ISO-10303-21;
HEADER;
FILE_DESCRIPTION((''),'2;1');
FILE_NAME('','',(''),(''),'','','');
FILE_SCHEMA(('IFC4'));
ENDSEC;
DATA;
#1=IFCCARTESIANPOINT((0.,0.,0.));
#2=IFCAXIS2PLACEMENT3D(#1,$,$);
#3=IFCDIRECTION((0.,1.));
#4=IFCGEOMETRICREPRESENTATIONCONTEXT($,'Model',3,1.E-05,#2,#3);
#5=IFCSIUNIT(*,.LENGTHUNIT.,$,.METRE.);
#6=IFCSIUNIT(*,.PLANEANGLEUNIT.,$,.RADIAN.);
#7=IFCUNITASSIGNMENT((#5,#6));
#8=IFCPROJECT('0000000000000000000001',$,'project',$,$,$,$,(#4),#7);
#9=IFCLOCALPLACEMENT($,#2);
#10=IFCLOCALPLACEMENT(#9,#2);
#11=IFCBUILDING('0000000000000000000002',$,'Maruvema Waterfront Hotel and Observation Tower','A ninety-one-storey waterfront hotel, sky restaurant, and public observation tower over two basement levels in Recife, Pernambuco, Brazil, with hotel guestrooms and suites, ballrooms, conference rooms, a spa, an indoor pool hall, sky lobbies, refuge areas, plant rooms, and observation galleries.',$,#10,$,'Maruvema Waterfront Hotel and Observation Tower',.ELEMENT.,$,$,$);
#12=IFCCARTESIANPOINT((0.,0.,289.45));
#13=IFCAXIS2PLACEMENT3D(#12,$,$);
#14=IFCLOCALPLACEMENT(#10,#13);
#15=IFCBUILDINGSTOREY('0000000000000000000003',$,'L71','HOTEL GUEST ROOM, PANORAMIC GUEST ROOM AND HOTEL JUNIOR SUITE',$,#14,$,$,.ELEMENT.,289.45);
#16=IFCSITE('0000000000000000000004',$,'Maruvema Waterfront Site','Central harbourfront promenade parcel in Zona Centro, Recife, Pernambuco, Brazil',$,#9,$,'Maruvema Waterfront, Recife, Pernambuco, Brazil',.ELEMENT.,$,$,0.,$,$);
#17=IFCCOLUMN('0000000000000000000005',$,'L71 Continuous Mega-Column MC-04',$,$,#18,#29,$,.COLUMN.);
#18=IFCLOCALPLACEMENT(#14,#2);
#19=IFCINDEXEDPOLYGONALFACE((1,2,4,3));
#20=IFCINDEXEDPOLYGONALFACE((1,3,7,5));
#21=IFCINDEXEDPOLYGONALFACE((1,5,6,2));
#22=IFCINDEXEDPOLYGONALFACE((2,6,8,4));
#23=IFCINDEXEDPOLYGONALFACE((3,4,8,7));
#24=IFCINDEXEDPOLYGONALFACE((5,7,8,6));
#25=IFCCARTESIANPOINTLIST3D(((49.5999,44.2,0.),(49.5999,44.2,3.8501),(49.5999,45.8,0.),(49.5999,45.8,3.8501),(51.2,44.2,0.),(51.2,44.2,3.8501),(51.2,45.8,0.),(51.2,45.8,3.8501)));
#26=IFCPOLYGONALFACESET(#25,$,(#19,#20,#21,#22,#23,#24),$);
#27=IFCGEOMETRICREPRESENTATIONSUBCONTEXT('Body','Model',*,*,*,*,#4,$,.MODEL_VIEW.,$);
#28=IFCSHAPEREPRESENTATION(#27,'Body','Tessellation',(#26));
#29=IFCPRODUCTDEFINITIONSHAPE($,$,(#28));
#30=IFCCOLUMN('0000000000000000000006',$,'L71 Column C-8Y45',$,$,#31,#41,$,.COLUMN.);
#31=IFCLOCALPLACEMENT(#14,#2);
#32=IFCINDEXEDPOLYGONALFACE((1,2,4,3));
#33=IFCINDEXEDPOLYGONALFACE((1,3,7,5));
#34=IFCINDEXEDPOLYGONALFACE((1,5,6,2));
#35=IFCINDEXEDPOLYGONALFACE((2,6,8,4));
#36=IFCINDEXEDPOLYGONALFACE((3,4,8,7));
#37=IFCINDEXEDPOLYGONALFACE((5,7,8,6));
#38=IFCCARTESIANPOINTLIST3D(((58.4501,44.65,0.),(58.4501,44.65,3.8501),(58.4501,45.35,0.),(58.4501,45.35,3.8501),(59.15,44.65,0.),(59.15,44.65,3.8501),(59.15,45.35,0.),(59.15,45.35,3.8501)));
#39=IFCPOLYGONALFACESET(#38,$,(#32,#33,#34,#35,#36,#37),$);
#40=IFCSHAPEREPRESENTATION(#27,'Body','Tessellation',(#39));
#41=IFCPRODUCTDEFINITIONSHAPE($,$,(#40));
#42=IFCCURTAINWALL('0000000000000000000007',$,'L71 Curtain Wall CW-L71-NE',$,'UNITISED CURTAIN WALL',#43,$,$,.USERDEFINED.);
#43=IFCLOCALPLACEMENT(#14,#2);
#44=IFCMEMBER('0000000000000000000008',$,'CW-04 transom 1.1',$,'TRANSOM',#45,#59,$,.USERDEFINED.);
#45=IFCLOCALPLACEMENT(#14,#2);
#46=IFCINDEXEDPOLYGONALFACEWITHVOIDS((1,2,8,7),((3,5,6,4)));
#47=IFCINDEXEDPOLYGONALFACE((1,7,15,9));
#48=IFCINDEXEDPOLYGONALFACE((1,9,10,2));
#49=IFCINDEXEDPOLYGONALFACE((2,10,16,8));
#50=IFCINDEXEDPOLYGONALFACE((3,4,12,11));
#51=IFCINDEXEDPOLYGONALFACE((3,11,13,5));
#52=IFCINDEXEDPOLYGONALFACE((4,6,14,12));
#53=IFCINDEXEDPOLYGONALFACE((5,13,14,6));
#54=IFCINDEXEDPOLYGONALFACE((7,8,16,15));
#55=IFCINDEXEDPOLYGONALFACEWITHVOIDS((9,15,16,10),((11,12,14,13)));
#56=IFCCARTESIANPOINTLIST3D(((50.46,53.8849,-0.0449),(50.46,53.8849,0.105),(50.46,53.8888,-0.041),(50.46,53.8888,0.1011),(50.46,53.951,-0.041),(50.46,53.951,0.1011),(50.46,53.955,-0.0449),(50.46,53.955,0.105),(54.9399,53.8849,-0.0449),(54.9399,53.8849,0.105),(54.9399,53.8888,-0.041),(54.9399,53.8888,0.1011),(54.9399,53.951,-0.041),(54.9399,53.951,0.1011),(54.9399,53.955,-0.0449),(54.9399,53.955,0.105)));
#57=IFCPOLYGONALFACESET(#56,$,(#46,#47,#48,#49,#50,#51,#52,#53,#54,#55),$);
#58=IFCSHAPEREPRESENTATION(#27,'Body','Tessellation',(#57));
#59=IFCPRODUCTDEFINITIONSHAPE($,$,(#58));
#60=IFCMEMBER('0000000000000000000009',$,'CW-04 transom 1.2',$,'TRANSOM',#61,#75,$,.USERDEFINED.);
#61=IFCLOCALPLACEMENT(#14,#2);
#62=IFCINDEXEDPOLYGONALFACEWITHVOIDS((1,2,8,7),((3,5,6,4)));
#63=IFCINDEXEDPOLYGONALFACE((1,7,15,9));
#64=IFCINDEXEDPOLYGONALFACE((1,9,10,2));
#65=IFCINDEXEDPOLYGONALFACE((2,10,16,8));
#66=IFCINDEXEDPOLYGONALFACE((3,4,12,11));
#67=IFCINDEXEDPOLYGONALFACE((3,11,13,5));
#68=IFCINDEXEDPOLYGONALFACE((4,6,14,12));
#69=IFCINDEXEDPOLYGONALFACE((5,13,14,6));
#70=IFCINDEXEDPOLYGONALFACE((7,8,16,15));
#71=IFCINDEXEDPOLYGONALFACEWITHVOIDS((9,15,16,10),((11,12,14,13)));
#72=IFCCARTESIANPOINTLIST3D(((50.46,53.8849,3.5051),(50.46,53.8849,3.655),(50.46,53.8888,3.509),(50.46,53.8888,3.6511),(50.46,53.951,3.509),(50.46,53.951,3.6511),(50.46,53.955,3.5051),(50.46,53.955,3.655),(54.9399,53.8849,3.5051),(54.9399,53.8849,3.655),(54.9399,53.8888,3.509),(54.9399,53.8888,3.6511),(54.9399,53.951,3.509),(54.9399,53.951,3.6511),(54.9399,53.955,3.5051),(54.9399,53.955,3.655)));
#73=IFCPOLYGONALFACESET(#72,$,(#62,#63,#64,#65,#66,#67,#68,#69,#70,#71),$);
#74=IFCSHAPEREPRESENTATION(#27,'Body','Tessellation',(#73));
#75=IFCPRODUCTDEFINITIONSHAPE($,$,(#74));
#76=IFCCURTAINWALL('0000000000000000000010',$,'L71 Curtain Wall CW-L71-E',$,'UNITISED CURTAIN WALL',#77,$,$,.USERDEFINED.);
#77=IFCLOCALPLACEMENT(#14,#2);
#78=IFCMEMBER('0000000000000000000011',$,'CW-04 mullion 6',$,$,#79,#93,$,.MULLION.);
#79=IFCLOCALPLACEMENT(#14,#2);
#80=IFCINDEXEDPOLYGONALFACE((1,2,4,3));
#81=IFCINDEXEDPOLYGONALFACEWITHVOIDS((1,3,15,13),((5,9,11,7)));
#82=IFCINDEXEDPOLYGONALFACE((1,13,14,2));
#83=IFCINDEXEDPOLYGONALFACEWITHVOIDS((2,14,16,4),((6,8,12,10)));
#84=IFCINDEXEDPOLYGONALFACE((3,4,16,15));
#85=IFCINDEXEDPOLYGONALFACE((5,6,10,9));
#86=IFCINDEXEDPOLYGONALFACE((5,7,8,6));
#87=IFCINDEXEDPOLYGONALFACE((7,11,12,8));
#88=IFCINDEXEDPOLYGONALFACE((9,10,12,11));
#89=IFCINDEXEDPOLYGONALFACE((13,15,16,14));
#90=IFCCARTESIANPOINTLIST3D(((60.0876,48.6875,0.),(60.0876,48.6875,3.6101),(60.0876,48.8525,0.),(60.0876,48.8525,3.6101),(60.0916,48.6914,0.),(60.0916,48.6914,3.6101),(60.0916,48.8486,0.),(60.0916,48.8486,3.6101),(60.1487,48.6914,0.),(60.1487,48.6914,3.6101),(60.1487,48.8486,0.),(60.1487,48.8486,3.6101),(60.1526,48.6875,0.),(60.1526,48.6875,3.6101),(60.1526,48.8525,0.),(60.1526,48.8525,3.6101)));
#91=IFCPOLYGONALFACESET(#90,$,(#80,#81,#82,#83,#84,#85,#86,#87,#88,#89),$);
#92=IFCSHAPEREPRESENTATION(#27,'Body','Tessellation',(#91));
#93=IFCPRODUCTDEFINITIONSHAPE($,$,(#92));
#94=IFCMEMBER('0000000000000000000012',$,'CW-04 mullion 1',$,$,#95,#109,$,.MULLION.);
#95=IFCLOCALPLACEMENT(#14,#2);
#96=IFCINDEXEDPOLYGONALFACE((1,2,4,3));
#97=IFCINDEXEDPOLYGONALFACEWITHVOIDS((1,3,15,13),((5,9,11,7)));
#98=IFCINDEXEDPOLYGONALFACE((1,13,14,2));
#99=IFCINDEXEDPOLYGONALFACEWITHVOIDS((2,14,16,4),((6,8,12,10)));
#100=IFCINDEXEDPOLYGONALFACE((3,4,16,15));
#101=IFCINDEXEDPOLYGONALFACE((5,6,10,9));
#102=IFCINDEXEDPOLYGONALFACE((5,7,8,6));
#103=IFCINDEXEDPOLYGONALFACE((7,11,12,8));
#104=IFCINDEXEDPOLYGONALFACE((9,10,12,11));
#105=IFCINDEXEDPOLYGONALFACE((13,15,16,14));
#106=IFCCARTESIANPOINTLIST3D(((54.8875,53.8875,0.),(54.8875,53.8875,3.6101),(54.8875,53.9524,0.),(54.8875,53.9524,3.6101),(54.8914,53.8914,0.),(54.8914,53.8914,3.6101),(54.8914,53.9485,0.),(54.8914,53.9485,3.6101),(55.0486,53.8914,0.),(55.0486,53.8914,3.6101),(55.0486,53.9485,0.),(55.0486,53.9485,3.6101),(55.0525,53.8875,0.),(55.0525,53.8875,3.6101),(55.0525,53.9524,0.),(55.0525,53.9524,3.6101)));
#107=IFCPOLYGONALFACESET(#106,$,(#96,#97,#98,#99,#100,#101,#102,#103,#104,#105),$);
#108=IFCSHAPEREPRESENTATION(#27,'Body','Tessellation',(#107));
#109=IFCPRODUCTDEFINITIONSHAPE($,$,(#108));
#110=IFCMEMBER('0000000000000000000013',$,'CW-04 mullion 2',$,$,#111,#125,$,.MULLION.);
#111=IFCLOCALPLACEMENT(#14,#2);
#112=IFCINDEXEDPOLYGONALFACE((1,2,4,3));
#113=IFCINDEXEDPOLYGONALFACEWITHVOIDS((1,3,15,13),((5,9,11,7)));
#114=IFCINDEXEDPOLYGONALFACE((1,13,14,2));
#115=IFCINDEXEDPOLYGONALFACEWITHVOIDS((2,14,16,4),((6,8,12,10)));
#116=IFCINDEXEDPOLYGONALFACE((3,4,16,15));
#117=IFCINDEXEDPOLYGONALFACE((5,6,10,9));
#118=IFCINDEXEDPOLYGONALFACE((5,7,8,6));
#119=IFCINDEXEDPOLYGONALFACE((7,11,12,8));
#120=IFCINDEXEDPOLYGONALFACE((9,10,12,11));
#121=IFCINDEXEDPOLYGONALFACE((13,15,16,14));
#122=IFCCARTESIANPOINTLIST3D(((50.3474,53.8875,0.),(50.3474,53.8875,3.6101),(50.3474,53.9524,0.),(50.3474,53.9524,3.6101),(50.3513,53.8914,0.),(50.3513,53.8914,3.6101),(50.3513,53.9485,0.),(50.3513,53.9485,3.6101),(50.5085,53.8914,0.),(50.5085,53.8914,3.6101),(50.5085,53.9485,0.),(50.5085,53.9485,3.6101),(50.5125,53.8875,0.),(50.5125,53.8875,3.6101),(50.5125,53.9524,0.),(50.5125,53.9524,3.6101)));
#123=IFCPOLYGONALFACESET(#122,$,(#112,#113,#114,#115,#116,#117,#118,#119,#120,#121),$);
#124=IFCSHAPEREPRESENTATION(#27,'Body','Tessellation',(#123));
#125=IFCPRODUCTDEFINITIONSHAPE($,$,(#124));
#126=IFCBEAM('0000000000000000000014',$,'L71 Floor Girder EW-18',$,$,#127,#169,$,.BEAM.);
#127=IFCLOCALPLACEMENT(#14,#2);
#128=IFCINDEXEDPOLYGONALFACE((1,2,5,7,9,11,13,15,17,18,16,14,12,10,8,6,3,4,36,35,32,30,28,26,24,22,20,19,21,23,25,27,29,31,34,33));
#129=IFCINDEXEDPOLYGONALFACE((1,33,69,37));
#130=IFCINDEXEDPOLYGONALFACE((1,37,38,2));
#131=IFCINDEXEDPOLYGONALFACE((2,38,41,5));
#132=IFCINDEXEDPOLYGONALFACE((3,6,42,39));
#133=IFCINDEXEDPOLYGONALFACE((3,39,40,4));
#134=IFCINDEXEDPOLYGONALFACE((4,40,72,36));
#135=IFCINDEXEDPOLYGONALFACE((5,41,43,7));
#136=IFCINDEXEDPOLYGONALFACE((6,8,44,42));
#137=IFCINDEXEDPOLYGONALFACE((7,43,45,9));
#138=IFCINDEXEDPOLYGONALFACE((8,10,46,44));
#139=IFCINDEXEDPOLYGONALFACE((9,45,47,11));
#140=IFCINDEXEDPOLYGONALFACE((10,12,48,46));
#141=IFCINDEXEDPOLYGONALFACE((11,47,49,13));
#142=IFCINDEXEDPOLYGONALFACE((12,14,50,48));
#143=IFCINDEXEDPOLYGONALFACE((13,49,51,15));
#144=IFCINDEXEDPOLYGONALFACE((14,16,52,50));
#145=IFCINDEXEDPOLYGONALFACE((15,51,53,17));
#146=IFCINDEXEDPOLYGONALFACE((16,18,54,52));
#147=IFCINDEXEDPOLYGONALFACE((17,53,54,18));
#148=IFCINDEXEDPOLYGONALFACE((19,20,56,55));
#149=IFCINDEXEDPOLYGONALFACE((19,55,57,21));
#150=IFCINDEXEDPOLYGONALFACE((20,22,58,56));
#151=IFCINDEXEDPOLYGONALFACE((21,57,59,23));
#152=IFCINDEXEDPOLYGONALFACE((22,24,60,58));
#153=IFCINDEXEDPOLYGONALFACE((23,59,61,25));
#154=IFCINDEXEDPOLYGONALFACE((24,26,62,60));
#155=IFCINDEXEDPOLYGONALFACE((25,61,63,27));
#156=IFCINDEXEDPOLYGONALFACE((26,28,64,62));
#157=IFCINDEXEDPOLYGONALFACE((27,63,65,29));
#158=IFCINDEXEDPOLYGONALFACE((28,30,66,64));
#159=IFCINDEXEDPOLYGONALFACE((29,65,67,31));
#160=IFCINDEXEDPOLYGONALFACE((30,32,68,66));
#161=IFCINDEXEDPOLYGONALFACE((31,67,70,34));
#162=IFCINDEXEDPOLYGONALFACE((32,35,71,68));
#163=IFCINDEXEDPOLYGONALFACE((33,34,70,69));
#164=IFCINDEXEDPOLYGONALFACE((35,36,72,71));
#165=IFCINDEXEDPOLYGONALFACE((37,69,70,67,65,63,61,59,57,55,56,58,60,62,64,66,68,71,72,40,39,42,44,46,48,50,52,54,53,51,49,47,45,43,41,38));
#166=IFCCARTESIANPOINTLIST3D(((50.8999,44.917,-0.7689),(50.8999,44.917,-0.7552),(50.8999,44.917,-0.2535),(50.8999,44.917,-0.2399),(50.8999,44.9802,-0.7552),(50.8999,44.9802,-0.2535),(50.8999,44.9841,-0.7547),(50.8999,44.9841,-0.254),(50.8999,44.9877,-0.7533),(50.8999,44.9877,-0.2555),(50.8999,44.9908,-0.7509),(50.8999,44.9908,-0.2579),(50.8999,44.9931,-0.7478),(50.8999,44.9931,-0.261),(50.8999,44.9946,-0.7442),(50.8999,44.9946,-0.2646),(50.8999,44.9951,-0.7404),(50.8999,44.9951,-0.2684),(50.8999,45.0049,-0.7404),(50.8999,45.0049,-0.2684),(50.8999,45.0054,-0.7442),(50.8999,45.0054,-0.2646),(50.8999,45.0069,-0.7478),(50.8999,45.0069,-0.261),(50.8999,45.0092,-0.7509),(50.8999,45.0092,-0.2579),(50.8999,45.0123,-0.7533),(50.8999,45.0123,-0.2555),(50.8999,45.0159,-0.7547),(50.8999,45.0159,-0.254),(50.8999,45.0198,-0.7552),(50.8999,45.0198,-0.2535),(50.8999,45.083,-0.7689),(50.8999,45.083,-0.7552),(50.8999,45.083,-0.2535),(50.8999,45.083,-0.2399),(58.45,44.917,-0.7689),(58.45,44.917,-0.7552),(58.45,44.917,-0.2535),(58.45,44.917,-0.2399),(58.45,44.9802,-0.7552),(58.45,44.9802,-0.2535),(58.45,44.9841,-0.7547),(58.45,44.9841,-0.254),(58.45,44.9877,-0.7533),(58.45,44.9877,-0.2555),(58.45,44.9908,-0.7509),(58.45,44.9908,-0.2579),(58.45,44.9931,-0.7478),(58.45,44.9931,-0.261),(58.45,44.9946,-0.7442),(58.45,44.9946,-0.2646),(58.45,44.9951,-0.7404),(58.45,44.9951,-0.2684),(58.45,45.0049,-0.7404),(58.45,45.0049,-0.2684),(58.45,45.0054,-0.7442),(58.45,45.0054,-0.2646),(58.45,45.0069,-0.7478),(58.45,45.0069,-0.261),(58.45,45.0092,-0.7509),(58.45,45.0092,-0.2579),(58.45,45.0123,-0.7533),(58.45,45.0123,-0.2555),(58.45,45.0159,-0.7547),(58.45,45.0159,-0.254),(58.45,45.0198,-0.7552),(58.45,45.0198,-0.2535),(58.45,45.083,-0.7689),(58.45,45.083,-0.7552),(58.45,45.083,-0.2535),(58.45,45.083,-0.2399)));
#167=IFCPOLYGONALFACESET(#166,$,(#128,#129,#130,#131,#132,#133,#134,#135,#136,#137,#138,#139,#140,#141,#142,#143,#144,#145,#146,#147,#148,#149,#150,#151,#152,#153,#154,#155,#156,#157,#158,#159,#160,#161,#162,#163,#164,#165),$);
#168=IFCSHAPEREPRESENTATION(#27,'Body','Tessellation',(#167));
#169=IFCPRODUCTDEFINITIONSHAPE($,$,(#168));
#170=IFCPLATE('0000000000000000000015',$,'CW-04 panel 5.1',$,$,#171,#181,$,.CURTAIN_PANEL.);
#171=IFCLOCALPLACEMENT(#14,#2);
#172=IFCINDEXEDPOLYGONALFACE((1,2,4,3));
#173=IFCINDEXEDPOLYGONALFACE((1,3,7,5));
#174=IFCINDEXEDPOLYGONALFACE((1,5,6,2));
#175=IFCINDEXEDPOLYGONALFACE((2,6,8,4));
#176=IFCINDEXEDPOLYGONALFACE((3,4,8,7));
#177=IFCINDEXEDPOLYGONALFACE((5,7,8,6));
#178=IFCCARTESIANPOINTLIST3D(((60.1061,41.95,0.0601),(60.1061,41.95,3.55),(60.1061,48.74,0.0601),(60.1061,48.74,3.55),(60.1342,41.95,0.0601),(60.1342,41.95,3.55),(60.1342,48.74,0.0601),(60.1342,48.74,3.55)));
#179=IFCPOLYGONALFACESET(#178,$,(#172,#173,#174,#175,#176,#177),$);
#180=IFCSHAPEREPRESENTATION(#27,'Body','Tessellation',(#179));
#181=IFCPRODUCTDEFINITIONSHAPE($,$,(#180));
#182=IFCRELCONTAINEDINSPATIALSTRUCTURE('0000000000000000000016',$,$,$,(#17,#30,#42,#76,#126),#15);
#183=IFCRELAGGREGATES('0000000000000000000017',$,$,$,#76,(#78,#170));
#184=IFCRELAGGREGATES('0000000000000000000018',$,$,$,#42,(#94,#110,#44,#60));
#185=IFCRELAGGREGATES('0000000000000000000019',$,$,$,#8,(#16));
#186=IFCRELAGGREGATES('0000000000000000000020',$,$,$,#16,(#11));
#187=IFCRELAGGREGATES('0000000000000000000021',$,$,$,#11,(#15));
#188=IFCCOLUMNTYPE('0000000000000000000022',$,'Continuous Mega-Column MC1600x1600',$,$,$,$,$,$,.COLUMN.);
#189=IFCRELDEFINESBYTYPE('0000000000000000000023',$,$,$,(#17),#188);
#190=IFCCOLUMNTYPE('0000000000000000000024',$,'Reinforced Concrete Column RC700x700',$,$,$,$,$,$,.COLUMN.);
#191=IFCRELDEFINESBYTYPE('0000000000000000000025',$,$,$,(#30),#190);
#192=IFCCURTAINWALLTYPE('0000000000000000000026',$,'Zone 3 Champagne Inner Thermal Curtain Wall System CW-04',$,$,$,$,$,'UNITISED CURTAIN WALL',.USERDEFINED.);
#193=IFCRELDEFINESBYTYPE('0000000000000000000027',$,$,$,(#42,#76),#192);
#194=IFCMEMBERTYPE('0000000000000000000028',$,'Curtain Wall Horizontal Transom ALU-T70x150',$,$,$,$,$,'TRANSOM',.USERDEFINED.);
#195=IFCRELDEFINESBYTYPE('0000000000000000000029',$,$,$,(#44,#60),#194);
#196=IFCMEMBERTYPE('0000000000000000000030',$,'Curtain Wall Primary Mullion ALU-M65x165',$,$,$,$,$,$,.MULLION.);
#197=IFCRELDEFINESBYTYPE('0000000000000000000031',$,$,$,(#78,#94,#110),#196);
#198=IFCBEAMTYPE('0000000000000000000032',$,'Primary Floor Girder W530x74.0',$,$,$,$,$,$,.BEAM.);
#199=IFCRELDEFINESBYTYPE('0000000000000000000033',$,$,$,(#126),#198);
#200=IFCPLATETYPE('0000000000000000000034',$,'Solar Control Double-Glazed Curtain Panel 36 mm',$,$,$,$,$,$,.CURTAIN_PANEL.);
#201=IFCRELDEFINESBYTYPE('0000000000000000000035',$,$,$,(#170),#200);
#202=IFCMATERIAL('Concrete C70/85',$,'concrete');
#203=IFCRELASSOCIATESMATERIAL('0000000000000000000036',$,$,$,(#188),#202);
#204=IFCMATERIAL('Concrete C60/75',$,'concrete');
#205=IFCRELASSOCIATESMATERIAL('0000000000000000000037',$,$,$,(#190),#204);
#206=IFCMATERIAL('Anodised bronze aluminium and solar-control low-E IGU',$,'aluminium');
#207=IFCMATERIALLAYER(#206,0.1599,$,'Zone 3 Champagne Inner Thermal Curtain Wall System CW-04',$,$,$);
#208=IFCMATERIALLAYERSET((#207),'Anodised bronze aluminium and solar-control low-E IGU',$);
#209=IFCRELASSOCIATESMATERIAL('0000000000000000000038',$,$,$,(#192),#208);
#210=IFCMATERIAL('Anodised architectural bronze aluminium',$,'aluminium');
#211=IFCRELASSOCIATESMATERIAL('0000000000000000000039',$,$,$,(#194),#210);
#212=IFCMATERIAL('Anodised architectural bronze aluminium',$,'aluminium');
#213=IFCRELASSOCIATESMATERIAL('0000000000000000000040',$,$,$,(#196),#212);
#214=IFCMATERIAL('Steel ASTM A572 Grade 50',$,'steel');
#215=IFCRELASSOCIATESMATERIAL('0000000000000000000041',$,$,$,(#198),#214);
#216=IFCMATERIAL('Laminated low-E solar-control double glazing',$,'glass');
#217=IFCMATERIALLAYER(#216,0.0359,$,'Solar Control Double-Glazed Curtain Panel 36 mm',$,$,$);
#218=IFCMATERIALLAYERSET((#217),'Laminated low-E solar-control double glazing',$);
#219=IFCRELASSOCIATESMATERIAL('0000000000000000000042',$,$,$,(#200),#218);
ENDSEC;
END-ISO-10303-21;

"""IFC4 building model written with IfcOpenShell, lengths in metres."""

from ifc_helpers import new_model, si_unit, direction, frame, origin, origin_2d, place, context, subcontext, project, spatial, rectangle, hollow_rectangle, i_section, extrude, material, layer, layer_set, material_profile, profile_set, type_object, element, aggregate, save


model = new_model("IFC4")

# Units and contexts
model_context = context("Model", 3, precision=1e-05, world=origin(), true_north=direction((0.0, 1.0)))
body_context = subcontext(model_context, "Body", "Model", "MODEL_VIEW")
ifc_project = project(units=[si_unit("LENGTHUNIT", "METRE"), si_unit("PLANEANGLEUNIT", "RADIAN")], contexts=[model_context])

# Site, building, storey
site_placement = place(None, origin())
site = spatial("IfcSite", under=ifc_project, at=site_placement, Name="Maruvema Waterfront Site", Description="Central harbourfront promenade parcel in Zona Centro, Recife, Pernambuco, Brazil", LongName="Maruvema Waterfront, Recife, Pernambuco, Brazil", CompositionType="ELEMENT", RefElevation=0.0)
building_placement = place(site_placement, origin())
building = spatial("IfcBuilding", under=site, at=building_placement, Name="Maruvema Waterfront Hotel and Observation Tower", Description="A ninety-one-storey waterfront hotel, sky restaurant, and public observation tower over two basement levels in Recife, Pernambuco, Brazil, with hotel guestrooms and suites, ballrooms, conference rooms, a spa, an indoor pool hall, sky lobbies, refuge areas, plant rooms, and observation galleries.", LongName="Maruvema Waterfront Hotel and Observation Tower", CompositionType="ELEMENT")
storey_placement = place(building_placement, frame((0.0, 0.0, 289.45)))
storey = spatial("IfcBuildingStorey", under=building, at=storey_placement, Name="L71", Description="HOTEL GUEST ROOM, PANORAMIC GUEST ROOM AND HOTEL JUNIOR SUITE", CompositionType="ELEMENT", Elevation=289.45)

# Columns
ifc_material_1 = material(Name="Concrete C70/85", Category="concrete")
ifc_material_profile_1 = material_profile(ifc_material_1, rectangle(XDim=1.6001, YDim=1.6001, at=origin_2d()), Name="MC1600x1600")
ifc_profile_set_1 = profile_set([ifc_material_profile_1], Name="Concrete C70/85")
column_type_1 = type_object("IfcColumnType", Name="Continuous Mega-Column MC1600x1600", PredefinedType="COLUMN", material=ifc_profile_set_1)
column_1_placement = place(storey_placement, frame((50.3999, 45.0, 0.0), z_axis=(0.0, 0.0, 1.0), x_axis=(1.0, 0.0, 0.0)))
element("IfcColumn", 1, at=column_1_placement, inside=storey, type_object=column_type_1, Name="L71 Continuous Mega-Column MC-04", PredefinedType="COLUMN", context=body_context, shape_type="SweptSolid", body=[
    extrude(rectangle(XDim=1.6001, YDim=1.6001, at=origin_2d()), origin(), (0.0, 0.0, 1.0), 3.8501),
])
ifc_material_2 = material(Name="Concrete C60/75", Category="concrete")
ifc_material_profile_2 = material_profile(ifc_material_2, rectangle(XDim=0.7, YDim=0.7, at=origin_2d()), Name="RC700x700")
ifc_profile_set_2 = profile_set([ifc_material_profile_2], Name="Concrete C60/75")
column_type_2 = type_object("IfcColumnType", Name="Reinforced Concrete Column RC700x700", PredefinedType="COLUMN", material=ifc_profile_set_2)
column_2_placement = place(storey_placement, frame((58.8, 45.0, 0.0), z_axis=(0.0, 0.0, 1.0), x_axis=(1.0, 0.0, 0.0)))
element("IfcColumn", 2, at=column_2_placement, inside=storey, type_object=column_type_2, Name="L71 Column C-8Y45", PredefinedType="COLUMN", context=body_context, shape_type="SweptSolid", body=[
    extrude(rectangle(XDim=0.7, YDim=0.7, at=origin_2d()), origin(), (0.0, 0.0, 1.0), 3.8501),
])

# Curtain wall, members
ifc_material_3 = material(Name="Anodised bronze aluminium and solar-control low-E IGU", Category="aluminium")
ifc_layer_1 = layer(ifc_material_3, 0.1599, Name="Zone 3 Champagne Inner Thermal Curtain Wall System CW-04")
ifc_layer_set_1 = layer_set([ifc_layer_1], Name="Anodised bronze aluminium and solar-control low-E IGU")
curtain_wall_type = type_object("IfcCurtainWallType", Name="Zone 3 Champagne Inner Thermal Curtain Wall System CW-04", ElementType="UNITISED CURTAIN WALL", PredefinedType="USERDEFINED", material=ifc_layer_set_1)
curtain_wall_1_placement = place(storey_placement, origin())
curtain_wall_1 = element("IfcCurtainWall", 3, at=curtain_wall_1_placement, inside=storey, type_object=curtain_wall_type, Name="L71 Curtain Wall CW-L71-NE", ObjectType="UNITISED CURTAIN WALL", PredefinedType="USERDEFINED")
ifc_material_4 = material(Name="Anodised architectural bronze aluminium", Category="aluminium")
ifc_material_profile_3 = material_profile(ifc_material_4, hollow_rectangle(XDim=0.0701, YDim=0.1499, WallThickness=0.0039, at=origin_2d()), Name="ALU-T70x150")
ifc_profile_set_3 = profile_set([ifc_material_profile_3], Name="Anodised architectural bronze aluminium")
member_type_1 = type_object("IfcMemberType", Name="Curtain Wall Horizontal Transom ALU-T70x150", ElementType="TRANSOM", PredefinedType="USERDEFINED", material=ifc_profile_set_3)
member_1_placement = place(storey_placement, frame((54.9399, 53.9199, 0.03), z_axis=(-1.0, 0.0, 0.0), x_axis=(0.0, -1.0, 0.0)))
member_1 = element("IfcMember", 4, at=member_1_placement, type_object=member_type_1, Name="CW-04 transom 1.1", ObjectType="TRANSOM", PredefinedType="USERDEFINED", context=body_context, shape_type="SweptSolid", body=[
    extrude(hollow_rectangle(XDim=0.0701, YDim=0.1499, WallThickness=0.0039, at=origin_2d()), origin(), (0.0, 0.0, 1.0), 4.48),
])
member_2_placement = place(storey_placement, frame((54.9399, 53.9199, 3.5801), z_axis=(-1.0, 0.0, 0.0), x_axis=(0.0, -1.0, 0.0)))
member_2 = element("IfcMember", 5, at=member_2_placement, type_object=member_type_1, Name="CW-04 transom 1.2", ObjectType="TRANSOM", PredefinedType="USERDEFINED", context=body_context, shape_type="SweptSolid", body=[
    extrude(hollow_rectangle(XDim=0.0701, YDim=0.1499, WallThickness=0.0039, at=origin_2d()), origin(), (0.0, 0.0, 1.0), 4.48),
])

# Curtain wall, member
curtain_wall_2_placement = place(storey_placement, origin())
curtain_wall_2 = element("IfcCurtainWall", 6, at=curtain_wall_2_placement, inside=storey, type_object=curtain_wall_type, Name="L71 Curtain Wall CW-L71-E", ObjectType="UNITISED CURTAIN WALL", PredefinedType="USERDEFINED")
ifc_material_5 = material(Name="Anodised architectural bronze aluminium", Category="aluminium")
ifc_material_profile_4 = material_profile(ifc_material_5, hollow_rectangle(XDim=0.0649, YDim=0.165, WallThickness=0.0039, at=origin_2d()), Name="ALU-M65x165")
ifc_profile_set_4 = profile_set([ifc_material_profile_4], Name="Anodised architectural bronze aluminium")
member_type_2 = type_object("IfcMemberType", Name="Curtain Wall Primary Mullion ALU-M65x165", PredefinedType="MULLION", material=ifc_profile_set_4)
member_3_placement = place(storey_placement, frame((60.1201, 48.77, 0.0), z_axis=(0.0, 0.0, 1.0), x_axis=(-1.0, 0.0, 0.0)))
member_3 = element("IfcMember", 7, at=member_3_placement, type_object=member_type_2, Name="CW-04 mullion 6", PredefinedType="MULLION", context=body_context, shape_type="SweptSolid", body=[
    extrude(hollow_rectangle(XDim=0.0649, YDim=0.165, WallThickness=0.0039, at=origin_2d()), origin(), (0.0, 0.0, 1.0), 3.6101),
])

# Members
member_4_placement = place(storey_placement, frame((54.97, 53.9199, 0.0), z_axis=(0.0, 0.0, 1.0), x_axis=(0.0, -1.0, 0.0)))
member_4 = element("IfcMember", 8, at=member_4_placement, type_object=member_type_2, Name="CW-04 mullion 1", PredefinedType="MULLION", context=body_context, shape_type="SweptSolid", body=[
    extrude(hollow_rectangle(XDim=0.0649, YDim=0.165, WallThickness=0.0039, at=origin_2d()), origin(), (0.0, 0.0, 1.0), 3.6101),
])
member_5_placement = place(storey_placement, frame((50.4299, 53.9199, 0.0), z_axis=(0.0, 0.0, 1.0), x_axis=(0.0, -1.0, 0.0)))
member_5 = element("IfcMember", 9, at=member_5_placement, type_object=member_type_2, Name="CW-04 mullion 2", PredefinedType="MULLION", context=body_context, shape_type="SweptSolid", body=[
    extrude(hollow_rectangle(XDim=0.0649, YDim=0.165, WallThickness=0.0039, at=origin_2d()), origin(), (0.0, 0.0, 1.0), 3.6101),
])

# Beam
ifc_material_6 = material(Name="Steel ASTM A572 Grade 50", Category="steel")
ifc_material_profile_5 = material_profile(ifc_material_6, i_section(OverallWidth=0.166, OverallDepth=0.5291, WebThickness=0.0098, FlangeThickness=0.0137, FilletRadius=0.0149, at=origin_2d()), Name="W530x74.0")
ifc_profile_set_5 = profile_set([ifc_material_profile_5], Name="Steel ASTM A572 Grade 50")
beam_type = type_object("IfcBeamType", Name="Primary Floor Girder W530x74.0", PredefinedType="BEAM", material=ifc_profile_set_5)
beam_placement = place(storey_placement, frame((50.8999, 45.0, -0.5044), z_axis=(1.0, 0.0, 0.0), x_axis=(0.0, 1.0, 0.0)))
element("IfcBeam", 10, at=beam_placement, inside=storey, type_object=beam_type, Name="L71 Floor Girder EW-18", PredefinedType="BEAM", context=body_context, shape_type="SweptSolid", body=[
    extrude(i_section(OverallWidth=0.166, OverallDepth=0.5291, WebThickness=0.0098, FlangeThickness=0.0137, FilletRadius=0.0149, at=origin_2d()), origin(), (0.0, 0.0, 1.0), 7.55),
])

# Plate
ifc_material_7 = material(Name="Laminated low-E solar-control double glazing", Category="glass")
ifc_layer_2 = layer(ifc_material_7, 0.0359, Name="Solar Control Double-Glazed Curtain Panel 36 mm")
ifc_layer_set_2 = layer_set([ifc_layer_2], Name="Laminated low-E solar-control double glazing")
plate_type = type_object("IfcPlateType", Name="Solar Control Double-Glazed Curtain Panel 36 mm", PredefinedType="CURTAIN_PANEL", material=ifc_layer_set_2)
plate_1_placement = place(storey_placement, frame((60.1201, 45.345, 0.0601), z_axis=(0.0, 0.0, 1.0), x_axis=(0.0, 1.0, 0.0)))
plate_1 = element("IfcPlate", 11, at=plate_1_placement, type_object=plate_type, Name="CW-04 panel 5.1", PredefinedType="CURTAIN_PANEL", context=body_context, shape_type="SweptSolid", body=[
    extrude(rectangle(XDim=6.79, YDim=0.0281, at=origin_2d()), origin(), (0.0, 0.0, 1.0), 3.49),
])
aggregate(curtain_wall_2, [member_3, plate_1])
aggregate(curtain_wall_1, [member_4, member_5, member_1, member_2])

save(model, "model.ifc")
